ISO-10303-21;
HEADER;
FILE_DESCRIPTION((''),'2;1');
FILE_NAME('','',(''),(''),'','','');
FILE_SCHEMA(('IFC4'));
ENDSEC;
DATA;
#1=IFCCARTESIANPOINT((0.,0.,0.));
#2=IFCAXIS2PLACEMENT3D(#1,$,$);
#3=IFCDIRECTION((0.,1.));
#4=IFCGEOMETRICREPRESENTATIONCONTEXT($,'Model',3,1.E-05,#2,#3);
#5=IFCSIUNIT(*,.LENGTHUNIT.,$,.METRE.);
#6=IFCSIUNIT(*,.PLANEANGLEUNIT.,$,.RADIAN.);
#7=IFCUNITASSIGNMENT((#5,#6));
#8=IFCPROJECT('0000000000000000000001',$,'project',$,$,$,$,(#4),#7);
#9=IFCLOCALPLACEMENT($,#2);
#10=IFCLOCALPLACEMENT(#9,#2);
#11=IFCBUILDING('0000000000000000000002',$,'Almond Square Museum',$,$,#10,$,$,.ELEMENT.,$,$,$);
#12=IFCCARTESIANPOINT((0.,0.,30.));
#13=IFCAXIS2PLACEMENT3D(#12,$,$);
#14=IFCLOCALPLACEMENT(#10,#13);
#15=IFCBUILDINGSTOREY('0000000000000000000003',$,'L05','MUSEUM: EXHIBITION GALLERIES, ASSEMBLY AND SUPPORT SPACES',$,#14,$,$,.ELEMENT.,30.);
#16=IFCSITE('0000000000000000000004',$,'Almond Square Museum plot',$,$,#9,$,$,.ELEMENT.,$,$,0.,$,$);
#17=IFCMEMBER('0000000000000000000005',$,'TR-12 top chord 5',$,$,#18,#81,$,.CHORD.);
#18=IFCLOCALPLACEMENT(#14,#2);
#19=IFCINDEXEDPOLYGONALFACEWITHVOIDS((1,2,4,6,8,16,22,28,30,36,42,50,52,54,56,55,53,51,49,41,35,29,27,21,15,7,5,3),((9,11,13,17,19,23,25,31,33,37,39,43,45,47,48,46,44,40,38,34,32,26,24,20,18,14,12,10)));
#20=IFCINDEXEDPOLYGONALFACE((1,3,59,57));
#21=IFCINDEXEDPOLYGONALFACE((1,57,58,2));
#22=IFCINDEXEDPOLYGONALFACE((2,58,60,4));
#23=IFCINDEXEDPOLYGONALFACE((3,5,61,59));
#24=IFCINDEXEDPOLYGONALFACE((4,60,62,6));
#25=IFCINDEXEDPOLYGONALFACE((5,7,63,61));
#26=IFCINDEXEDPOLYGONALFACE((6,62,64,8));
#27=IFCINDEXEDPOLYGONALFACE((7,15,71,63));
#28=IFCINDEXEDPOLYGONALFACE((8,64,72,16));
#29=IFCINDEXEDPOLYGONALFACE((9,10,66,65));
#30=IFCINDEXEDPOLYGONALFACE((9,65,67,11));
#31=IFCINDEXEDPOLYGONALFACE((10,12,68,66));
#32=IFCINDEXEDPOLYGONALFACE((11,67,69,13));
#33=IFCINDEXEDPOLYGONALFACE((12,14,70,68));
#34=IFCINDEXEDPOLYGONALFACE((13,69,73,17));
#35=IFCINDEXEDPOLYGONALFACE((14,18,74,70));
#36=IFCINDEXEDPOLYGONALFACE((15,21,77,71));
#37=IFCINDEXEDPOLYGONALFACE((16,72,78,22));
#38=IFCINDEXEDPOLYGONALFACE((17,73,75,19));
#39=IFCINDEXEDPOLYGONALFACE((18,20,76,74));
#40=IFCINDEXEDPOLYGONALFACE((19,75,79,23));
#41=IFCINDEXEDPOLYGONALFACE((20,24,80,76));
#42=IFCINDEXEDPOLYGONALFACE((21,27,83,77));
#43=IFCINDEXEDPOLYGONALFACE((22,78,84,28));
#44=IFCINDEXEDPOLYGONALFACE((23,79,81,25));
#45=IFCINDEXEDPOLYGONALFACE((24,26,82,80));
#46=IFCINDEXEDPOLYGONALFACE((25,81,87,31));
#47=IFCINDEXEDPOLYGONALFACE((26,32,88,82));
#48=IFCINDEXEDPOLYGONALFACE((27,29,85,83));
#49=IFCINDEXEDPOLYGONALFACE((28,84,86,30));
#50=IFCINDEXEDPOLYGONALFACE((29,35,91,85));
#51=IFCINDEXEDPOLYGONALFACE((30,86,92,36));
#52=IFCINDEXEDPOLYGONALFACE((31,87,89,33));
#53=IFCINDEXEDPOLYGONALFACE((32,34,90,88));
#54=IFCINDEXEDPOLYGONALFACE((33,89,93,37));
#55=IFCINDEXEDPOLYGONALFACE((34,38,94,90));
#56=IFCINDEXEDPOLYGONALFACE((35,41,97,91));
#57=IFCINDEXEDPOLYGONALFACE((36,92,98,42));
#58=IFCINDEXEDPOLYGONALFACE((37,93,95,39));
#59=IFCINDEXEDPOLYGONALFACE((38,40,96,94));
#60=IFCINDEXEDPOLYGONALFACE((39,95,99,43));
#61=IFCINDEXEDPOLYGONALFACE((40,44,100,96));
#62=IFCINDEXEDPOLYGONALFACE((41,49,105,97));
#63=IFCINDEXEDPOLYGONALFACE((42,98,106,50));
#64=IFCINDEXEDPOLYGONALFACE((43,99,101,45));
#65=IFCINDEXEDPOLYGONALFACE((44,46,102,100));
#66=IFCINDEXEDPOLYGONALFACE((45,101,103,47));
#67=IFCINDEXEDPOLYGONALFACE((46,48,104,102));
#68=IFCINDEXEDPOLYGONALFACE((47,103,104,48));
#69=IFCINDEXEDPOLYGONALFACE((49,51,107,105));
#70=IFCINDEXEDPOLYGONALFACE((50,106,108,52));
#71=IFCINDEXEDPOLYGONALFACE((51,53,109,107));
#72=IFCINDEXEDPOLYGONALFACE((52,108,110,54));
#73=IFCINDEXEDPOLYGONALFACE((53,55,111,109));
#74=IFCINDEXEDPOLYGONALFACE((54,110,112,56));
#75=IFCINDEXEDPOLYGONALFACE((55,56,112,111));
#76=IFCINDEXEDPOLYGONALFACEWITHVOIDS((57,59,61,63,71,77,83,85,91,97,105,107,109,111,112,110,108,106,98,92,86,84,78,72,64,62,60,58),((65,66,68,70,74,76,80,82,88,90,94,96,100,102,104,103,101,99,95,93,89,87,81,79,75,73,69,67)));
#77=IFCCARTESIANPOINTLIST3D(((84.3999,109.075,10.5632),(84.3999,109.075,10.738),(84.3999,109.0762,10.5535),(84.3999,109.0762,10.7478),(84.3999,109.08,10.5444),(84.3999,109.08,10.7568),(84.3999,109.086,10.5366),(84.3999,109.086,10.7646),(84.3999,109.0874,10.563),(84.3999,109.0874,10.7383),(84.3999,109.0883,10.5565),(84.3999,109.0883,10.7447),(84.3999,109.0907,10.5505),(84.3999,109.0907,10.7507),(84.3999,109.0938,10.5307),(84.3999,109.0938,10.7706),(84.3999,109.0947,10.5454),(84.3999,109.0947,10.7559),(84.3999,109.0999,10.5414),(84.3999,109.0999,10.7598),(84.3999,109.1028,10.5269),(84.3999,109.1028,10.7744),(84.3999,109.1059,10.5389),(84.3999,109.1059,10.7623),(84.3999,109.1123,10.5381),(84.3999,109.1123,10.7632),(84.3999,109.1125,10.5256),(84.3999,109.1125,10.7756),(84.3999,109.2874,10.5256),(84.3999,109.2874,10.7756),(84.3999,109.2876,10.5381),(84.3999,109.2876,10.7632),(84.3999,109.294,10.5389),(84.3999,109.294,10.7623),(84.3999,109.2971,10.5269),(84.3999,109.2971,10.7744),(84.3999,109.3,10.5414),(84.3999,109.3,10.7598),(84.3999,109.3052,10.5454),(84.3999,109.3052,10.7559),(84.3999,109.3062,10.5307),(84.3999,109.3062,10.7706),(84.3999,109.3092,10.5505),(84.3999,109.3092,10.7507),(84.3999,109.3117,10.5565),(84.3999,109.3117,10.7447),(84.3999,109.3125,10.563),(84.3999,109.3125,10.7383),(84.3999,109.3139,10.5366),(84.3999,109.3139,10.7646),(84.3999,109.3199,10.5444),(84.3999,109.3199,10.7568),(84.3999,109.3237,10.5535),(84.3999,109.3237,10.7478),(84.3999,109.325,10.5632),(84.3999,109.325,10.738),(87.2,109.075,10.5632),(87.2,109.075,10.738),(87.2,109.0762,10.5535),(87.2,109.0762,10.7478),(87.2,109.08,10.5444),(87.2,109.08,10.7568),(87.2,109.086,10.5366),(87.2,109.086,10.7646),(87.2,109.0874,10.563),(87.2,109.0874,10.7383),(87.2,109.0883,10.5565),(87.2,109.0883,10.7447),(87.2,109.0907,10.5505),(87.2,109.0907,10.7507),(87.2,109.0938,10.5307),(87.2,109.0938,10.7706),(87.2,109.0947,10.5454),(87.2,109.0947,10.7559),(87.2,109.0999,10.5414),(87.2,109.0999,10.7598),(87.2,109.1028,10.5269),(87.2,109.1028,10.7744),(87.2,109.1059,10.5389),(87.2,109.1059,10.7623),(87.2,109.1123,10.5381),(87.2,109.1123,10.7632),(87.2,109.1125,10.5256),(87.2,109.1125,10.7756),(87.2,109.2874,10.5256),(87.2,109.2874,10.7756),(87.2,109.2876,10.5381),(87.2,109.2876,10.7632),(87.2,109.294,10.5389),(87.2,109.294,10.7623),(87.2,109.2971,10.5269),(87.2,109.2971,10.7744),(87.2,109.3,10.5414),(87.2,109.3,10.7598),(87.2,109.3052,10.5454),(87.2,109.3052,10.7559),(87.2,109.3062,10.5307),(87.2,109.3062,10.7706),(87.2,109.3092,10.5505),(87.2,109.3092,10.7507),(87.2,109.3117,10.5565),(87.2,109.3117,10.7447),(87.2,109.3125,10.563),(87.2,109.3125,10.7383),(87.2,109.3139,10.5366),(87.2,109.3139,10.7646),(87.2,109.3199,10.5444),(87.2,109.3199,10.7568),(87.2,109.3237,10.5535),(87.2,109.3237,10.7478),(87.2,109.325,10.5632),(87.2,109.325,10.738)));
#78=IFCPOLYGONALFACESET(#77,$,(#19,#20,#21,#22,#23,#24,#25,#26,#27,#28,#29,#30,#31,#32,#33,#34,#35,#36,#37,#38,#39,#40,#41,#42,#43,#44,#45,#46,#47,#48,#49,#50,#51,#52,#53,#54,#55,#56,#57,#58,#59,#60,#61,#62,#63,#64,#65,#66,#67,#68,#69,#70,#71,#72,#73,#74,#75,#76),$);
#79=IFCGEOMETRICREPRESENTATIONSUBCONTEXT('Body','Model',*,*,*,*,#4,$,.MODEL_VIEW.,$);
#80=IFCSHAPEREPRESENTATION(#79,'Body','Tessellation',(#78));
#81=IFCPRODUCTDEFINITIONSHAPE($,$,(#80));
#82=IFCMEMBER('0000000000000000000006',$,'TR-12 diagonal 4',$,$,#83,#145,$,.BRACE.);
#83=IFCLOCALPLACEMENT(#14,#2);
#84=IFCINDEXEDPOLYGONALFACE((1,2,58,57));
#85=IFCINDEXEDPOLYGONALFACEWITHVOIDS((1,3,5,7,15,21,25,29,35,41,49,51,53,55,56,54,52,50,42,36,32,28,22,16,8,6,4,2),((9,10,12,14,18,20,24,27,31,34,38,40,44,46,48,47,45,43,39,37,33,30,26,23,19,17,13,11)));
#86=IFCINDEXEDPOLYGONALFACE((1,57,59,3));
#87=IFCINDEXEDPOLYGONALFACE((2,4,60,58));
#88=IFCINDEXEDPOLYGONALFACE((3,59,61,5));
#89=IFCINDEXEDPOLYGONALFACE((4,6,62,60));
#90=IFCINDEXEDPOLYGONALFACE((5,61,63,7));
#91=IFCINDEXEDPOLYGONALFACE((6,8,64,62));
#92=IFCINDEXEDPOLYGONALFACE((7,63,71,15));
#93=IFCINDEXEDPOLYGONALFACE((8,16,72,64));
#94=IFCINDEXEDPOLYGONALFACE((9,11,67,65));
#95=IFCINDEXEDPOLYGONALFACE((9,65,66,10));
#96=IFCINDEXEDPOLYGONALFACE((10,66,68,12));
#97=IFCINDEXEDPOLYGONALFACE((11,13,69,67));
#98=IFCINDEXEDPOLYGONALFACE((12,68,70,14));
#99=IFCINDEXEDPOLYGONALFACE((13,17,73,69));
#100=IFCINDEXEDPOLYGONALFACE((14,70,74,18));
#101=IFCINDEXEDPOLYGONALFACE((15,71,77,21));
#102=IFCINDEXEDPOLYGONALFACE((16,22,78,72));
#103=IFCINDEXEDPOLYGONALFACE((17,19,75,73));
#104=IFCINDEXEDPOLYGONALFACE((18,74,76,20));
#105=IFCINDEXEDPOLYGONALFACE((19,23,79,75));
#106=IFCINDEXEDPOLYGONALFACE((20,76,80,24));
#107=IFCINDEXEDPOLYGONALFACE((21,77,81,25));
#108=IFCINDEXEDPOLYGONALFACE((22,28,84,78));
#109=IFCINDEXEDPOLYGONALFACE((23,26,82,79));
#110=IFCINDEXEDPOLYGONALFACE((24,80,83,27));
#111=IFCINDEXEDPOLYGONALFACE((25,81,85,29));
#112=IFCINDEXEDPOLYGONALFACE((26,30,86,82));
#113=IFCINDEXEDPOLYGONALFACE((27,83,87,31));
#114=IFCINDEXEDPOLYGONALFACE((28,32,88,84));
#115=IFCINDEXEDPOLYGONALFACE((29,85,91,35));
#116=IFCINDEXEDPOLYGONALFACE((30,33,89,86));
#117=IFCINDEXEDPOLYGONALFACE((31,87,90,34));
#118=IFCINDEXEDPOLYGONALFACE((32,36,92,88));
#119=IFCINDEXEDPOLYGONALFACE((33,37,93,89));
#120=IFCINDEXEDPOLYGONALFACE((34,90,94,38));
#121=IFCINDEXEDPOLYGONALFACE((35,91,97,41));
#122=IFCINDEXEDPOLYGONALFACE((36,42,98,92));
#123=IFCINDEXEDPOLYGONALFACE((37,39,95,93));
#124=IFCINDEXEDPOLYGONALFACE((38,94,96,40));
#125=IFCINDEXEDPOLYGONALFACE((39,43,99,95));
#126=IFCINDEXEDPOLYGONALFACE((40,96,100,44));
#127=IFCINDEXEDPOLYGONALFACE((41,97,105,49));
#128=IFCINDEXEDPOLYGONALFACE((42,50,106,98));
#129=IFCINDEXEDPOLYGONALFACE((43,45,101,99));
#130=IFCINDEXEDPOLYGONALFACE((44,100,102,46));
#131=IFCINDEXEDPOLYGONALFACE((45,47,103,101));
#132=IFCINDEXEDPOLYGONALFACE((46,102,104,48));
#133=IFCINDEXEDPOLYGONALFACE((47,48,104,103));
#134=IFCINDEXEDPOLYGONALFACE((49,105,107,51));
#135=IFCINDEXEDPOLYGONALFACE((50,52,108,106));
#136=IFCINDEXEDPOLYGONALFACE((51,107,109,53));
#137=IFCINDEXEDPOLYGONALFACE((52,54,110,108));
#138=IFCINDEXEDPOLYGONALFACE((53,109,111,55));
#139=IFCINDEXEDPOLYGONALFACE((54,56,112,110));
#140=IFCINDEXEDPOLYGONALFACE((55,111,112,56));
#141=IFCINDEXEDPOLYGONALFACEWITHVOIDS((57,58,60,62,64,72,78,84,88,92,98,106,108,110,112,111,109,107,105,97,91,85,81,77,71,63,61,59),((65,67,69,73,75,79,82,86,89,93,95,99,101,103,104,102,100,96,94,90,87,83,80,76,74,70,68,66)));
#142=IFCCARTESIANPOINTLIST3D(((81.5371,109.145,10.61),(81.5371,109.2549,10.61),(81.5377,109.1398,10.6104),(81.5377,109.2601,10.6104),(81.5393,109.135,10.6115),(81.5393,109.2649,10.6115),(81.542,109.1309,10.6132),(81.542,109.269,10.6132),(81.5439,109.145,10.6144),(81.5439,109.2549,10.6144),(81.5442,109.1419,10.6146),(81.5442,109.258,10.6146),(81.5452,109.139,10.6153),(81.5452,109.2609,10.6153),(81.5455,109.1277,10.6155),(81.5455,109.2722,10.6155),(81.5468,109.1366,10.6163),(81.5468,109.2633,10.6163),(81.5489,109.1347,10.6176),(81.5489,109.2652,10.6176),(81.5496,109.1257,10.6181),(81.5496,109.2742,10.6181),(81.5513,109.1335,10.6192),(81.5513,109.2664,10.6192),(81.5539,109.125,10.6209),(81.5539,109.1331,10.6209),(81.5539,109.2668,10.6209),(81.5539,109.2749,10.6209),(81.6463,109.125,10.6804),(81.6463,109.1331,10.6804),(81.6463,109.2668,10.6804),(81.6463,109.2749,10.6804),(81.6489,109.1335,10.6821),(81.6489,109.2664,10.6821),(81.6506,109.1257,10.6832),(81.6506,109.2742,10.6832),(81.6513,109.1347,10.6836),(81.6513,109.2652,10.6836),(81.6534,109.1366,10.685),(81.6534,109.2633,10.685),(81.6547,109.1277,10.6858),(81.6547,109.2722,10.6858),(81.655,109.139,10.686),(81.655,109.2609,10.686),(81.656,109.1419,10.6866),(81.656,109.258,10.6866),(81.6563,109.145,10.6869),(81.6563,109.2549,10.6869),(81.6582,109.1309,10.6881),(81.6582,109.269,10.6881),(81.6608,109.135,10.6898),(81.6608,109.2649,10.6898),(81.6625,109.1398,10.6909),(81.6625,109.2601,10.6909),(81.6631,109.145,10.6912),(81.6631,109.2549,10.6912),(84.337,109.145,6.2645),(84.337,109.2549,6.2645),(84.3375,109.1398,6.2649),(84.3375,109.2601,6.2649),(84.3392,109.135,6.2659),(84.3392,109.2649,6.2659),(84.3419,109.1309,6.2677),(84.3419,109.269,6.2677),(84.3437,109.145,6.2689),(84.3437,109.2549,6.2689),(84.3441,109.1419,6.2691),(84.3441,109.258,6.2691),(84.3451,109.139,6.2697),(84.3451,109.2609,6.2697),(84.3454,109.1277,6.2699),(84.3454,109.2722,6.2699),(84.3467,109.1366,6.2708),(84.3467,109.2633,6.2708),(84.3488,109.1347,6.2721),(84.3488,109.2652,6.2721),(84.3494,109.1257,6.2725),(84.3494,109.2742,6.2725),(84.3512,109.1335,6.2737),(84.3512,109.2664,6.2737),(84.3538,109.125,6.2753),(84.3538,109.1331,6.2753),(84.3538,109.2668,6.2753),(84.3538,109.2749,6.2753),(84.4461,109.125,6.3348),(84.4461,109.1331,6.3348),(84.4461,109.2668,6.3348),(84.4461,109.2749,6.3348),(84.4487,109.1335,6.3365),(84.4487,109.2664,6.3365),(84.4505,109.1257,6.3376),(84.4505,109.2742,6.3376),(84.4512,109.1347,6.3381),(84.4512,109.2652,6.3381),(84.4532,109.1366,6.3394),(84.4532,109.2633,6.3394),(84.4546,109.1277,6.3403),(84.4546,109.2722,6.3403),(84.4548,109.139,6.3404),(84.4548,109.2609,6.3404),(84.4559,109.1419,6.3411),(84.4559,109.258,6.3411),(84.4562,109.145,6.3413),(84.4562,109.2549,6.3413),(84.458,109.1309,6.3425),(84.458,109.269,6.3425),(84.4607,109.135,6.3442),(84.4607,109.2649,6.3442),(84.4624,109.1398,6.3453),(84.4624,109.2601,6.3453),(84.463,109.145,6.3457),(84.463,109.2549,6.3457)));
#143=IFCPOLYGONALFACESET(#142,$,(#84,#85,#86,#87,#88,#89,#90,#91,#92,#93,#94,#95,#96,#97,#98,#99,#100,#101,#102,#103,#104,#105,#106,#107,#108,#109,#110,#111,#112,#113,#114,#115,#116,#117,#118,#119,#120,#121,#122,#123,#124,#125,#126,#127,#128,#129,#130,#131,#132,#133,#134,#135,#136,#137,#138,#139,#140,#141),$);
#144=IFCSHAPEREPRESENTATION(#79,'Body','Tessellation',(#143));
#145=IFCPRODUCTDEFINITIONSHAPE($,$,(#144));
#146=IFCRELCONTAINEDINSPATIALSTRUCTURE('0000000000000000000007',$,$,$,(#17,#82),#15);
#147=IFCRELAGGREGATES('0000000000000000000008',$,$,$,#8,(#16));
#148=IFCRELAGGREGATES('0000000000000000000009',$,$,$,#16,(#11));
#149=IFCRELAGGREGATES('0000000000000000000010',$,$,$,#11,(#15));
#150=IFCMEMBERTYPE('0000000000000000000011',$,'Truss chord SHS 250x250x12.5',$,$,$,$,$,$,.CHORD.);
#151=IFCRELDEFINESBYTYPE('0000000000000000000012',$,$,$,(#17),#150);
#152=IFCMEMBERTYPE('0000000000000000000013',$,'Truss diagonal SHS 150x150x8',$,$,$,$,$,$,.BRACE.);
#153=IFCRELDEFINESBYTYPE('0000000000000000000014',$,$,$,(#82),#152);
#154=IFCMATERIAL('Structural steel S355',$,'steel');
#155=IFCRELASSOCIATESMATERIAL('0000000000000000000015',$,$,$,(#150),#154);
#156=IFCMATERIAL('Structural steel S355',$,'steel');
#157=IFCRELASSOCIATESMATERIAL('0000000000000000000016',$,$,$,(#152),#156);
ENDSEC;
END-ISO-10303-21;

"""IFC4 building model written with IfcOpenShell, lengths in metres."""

from ifc_helpers import new_model, si_unit, direction, frame, origin, origin_2d, place, context, subcontext, project, spatial, hollow_rectangle, extrude, material, material_profile, profile_set, type_object, element, save


model = new_model("IFC4")

# Units and contexts
model_context = context("Model", 3, precision=1e-05, world=origin(), true_north=direction((0.0, 1.0)))
body_context = subcontext(model_context, "Body", "Model", "MODEL_VIEW")
ifc_project = project(units=[si_unit("LENGTHUNIT", "METRE"), si_unit("PLANEANGLEUNIT", "RADIAN")], contexts=[model_context])

# Site, building, storey
site_placement = place(None, origin())
site = spatial("IfcSite", under=ifc_project, at=site_placement, Name="Almond Square Museum plot", CompositionType="ELEMENT", RefElevation=0.0)
building_placement = place(site_placement, origin())
building = spatial("IfcBuilding", under=site, at=building_placement, Name="Almond Square Museum", CompositionType="ELEMENT")
storey_placement = place(building_placement, frame((0.0, 0.0, 30.0)))
storey = spatial("IfcBuildingStorey", under=building, at=storey_placement, Name="L05", Description="MUSEUM: EXHIBITION GALLERIES, ASSEMBLY AND SUPPORT SPACES", CompositionType="ELEMENT", Elevation=30.0)

# Members
ifc_material_1 = material(Name="Structural steel S355", Category="steel")
ifc_material_profile_1 = material_profile(ifc_material_1, hollow_rectangle(XDim=0.25, YDim=0.25, WallThickness=0.0125, InnerFilletRadius=0.0249, OuterFilletRadius=0.0376, at=origin_2d()))
ifc_profile_set_1 = profile_set([ifc_material_profile_1], Name="Structural steel S355")
member_type_1 = type_object("IfcMemberType", Name="Truss chord SHS 250x250x12.5", PredefinedType="CHORD", material=ifc_profile_set_1)
member_1_placement = place(storey_placement, frame((84.3999, 109.2, 10.6506), z_axis=(1.0, 0.0, 0.0), x_axis=(0.0, 1.0, 0.0)))
element("IfcMember", 1, at=member_1_placement, inside=storey, type_object=member_type_1, Name="TR-12 top chord 5", PredefinedType="CHORD", context=body_context, shape_type="SweptSolid", body=[
    extrude(hollow_rectangle(XDim=0.25, YDim=0.25, WallThickness=0.0125, InnerFilletRadius=0.0249, OuterFilletRadius=0.0376, at=origin_2d()), origin(), (0.0, 0.0, 1.0), 2.8),
])
ifc_material_2 = material(Name="Structural steel S355", Category="steel")
ifc_material_profile_2 = material_profile(ifc_material_2, hollow_rectangle(XDim=0.1499, YDim=0.1499, WallThickness=0.0081, InnerFilletRadius=0.012, OuterFilletRadius=0.02, at=origin_2d()))
ifc_profile_set_2 = profile_set([ifc_material_profile_2], Name="Structural steel S355")
member_type_2 = type_object("IfcMemberType", Name="Truss diagonal SHS 150x150x8", PredefinedType="BRACE", material=ifc_profile_set_2)
for number, where, z_axis, x_axis, name in (
    (2, (81.6001, 109.2, 10.6506), (0.541619, 0.0, -0.840624), (0.0, 1.0, 0.0), "TR-12 diagonal 4"),
):
    element("IfcMember", number, at=place(storey_placement, frame(where, z_axis=z_axis, x_axis=x_axis)), inside=storey, type_object=member_type_2, Name=name, PredefinedType="BRACE", context=body_context, shape_type="SweptSolid", body=[
        extrude(hollow_rectangle(XDim=0.1499, YDim=0.1499, WallThickness=0.0081, InnerFilletRadius=0.012, OuterFilletRadius=0.02, at=origin_2d()), origin(), (0.0, 0.0, 1.0), 5.1694),
    ])

save(model, "model.ifc")
